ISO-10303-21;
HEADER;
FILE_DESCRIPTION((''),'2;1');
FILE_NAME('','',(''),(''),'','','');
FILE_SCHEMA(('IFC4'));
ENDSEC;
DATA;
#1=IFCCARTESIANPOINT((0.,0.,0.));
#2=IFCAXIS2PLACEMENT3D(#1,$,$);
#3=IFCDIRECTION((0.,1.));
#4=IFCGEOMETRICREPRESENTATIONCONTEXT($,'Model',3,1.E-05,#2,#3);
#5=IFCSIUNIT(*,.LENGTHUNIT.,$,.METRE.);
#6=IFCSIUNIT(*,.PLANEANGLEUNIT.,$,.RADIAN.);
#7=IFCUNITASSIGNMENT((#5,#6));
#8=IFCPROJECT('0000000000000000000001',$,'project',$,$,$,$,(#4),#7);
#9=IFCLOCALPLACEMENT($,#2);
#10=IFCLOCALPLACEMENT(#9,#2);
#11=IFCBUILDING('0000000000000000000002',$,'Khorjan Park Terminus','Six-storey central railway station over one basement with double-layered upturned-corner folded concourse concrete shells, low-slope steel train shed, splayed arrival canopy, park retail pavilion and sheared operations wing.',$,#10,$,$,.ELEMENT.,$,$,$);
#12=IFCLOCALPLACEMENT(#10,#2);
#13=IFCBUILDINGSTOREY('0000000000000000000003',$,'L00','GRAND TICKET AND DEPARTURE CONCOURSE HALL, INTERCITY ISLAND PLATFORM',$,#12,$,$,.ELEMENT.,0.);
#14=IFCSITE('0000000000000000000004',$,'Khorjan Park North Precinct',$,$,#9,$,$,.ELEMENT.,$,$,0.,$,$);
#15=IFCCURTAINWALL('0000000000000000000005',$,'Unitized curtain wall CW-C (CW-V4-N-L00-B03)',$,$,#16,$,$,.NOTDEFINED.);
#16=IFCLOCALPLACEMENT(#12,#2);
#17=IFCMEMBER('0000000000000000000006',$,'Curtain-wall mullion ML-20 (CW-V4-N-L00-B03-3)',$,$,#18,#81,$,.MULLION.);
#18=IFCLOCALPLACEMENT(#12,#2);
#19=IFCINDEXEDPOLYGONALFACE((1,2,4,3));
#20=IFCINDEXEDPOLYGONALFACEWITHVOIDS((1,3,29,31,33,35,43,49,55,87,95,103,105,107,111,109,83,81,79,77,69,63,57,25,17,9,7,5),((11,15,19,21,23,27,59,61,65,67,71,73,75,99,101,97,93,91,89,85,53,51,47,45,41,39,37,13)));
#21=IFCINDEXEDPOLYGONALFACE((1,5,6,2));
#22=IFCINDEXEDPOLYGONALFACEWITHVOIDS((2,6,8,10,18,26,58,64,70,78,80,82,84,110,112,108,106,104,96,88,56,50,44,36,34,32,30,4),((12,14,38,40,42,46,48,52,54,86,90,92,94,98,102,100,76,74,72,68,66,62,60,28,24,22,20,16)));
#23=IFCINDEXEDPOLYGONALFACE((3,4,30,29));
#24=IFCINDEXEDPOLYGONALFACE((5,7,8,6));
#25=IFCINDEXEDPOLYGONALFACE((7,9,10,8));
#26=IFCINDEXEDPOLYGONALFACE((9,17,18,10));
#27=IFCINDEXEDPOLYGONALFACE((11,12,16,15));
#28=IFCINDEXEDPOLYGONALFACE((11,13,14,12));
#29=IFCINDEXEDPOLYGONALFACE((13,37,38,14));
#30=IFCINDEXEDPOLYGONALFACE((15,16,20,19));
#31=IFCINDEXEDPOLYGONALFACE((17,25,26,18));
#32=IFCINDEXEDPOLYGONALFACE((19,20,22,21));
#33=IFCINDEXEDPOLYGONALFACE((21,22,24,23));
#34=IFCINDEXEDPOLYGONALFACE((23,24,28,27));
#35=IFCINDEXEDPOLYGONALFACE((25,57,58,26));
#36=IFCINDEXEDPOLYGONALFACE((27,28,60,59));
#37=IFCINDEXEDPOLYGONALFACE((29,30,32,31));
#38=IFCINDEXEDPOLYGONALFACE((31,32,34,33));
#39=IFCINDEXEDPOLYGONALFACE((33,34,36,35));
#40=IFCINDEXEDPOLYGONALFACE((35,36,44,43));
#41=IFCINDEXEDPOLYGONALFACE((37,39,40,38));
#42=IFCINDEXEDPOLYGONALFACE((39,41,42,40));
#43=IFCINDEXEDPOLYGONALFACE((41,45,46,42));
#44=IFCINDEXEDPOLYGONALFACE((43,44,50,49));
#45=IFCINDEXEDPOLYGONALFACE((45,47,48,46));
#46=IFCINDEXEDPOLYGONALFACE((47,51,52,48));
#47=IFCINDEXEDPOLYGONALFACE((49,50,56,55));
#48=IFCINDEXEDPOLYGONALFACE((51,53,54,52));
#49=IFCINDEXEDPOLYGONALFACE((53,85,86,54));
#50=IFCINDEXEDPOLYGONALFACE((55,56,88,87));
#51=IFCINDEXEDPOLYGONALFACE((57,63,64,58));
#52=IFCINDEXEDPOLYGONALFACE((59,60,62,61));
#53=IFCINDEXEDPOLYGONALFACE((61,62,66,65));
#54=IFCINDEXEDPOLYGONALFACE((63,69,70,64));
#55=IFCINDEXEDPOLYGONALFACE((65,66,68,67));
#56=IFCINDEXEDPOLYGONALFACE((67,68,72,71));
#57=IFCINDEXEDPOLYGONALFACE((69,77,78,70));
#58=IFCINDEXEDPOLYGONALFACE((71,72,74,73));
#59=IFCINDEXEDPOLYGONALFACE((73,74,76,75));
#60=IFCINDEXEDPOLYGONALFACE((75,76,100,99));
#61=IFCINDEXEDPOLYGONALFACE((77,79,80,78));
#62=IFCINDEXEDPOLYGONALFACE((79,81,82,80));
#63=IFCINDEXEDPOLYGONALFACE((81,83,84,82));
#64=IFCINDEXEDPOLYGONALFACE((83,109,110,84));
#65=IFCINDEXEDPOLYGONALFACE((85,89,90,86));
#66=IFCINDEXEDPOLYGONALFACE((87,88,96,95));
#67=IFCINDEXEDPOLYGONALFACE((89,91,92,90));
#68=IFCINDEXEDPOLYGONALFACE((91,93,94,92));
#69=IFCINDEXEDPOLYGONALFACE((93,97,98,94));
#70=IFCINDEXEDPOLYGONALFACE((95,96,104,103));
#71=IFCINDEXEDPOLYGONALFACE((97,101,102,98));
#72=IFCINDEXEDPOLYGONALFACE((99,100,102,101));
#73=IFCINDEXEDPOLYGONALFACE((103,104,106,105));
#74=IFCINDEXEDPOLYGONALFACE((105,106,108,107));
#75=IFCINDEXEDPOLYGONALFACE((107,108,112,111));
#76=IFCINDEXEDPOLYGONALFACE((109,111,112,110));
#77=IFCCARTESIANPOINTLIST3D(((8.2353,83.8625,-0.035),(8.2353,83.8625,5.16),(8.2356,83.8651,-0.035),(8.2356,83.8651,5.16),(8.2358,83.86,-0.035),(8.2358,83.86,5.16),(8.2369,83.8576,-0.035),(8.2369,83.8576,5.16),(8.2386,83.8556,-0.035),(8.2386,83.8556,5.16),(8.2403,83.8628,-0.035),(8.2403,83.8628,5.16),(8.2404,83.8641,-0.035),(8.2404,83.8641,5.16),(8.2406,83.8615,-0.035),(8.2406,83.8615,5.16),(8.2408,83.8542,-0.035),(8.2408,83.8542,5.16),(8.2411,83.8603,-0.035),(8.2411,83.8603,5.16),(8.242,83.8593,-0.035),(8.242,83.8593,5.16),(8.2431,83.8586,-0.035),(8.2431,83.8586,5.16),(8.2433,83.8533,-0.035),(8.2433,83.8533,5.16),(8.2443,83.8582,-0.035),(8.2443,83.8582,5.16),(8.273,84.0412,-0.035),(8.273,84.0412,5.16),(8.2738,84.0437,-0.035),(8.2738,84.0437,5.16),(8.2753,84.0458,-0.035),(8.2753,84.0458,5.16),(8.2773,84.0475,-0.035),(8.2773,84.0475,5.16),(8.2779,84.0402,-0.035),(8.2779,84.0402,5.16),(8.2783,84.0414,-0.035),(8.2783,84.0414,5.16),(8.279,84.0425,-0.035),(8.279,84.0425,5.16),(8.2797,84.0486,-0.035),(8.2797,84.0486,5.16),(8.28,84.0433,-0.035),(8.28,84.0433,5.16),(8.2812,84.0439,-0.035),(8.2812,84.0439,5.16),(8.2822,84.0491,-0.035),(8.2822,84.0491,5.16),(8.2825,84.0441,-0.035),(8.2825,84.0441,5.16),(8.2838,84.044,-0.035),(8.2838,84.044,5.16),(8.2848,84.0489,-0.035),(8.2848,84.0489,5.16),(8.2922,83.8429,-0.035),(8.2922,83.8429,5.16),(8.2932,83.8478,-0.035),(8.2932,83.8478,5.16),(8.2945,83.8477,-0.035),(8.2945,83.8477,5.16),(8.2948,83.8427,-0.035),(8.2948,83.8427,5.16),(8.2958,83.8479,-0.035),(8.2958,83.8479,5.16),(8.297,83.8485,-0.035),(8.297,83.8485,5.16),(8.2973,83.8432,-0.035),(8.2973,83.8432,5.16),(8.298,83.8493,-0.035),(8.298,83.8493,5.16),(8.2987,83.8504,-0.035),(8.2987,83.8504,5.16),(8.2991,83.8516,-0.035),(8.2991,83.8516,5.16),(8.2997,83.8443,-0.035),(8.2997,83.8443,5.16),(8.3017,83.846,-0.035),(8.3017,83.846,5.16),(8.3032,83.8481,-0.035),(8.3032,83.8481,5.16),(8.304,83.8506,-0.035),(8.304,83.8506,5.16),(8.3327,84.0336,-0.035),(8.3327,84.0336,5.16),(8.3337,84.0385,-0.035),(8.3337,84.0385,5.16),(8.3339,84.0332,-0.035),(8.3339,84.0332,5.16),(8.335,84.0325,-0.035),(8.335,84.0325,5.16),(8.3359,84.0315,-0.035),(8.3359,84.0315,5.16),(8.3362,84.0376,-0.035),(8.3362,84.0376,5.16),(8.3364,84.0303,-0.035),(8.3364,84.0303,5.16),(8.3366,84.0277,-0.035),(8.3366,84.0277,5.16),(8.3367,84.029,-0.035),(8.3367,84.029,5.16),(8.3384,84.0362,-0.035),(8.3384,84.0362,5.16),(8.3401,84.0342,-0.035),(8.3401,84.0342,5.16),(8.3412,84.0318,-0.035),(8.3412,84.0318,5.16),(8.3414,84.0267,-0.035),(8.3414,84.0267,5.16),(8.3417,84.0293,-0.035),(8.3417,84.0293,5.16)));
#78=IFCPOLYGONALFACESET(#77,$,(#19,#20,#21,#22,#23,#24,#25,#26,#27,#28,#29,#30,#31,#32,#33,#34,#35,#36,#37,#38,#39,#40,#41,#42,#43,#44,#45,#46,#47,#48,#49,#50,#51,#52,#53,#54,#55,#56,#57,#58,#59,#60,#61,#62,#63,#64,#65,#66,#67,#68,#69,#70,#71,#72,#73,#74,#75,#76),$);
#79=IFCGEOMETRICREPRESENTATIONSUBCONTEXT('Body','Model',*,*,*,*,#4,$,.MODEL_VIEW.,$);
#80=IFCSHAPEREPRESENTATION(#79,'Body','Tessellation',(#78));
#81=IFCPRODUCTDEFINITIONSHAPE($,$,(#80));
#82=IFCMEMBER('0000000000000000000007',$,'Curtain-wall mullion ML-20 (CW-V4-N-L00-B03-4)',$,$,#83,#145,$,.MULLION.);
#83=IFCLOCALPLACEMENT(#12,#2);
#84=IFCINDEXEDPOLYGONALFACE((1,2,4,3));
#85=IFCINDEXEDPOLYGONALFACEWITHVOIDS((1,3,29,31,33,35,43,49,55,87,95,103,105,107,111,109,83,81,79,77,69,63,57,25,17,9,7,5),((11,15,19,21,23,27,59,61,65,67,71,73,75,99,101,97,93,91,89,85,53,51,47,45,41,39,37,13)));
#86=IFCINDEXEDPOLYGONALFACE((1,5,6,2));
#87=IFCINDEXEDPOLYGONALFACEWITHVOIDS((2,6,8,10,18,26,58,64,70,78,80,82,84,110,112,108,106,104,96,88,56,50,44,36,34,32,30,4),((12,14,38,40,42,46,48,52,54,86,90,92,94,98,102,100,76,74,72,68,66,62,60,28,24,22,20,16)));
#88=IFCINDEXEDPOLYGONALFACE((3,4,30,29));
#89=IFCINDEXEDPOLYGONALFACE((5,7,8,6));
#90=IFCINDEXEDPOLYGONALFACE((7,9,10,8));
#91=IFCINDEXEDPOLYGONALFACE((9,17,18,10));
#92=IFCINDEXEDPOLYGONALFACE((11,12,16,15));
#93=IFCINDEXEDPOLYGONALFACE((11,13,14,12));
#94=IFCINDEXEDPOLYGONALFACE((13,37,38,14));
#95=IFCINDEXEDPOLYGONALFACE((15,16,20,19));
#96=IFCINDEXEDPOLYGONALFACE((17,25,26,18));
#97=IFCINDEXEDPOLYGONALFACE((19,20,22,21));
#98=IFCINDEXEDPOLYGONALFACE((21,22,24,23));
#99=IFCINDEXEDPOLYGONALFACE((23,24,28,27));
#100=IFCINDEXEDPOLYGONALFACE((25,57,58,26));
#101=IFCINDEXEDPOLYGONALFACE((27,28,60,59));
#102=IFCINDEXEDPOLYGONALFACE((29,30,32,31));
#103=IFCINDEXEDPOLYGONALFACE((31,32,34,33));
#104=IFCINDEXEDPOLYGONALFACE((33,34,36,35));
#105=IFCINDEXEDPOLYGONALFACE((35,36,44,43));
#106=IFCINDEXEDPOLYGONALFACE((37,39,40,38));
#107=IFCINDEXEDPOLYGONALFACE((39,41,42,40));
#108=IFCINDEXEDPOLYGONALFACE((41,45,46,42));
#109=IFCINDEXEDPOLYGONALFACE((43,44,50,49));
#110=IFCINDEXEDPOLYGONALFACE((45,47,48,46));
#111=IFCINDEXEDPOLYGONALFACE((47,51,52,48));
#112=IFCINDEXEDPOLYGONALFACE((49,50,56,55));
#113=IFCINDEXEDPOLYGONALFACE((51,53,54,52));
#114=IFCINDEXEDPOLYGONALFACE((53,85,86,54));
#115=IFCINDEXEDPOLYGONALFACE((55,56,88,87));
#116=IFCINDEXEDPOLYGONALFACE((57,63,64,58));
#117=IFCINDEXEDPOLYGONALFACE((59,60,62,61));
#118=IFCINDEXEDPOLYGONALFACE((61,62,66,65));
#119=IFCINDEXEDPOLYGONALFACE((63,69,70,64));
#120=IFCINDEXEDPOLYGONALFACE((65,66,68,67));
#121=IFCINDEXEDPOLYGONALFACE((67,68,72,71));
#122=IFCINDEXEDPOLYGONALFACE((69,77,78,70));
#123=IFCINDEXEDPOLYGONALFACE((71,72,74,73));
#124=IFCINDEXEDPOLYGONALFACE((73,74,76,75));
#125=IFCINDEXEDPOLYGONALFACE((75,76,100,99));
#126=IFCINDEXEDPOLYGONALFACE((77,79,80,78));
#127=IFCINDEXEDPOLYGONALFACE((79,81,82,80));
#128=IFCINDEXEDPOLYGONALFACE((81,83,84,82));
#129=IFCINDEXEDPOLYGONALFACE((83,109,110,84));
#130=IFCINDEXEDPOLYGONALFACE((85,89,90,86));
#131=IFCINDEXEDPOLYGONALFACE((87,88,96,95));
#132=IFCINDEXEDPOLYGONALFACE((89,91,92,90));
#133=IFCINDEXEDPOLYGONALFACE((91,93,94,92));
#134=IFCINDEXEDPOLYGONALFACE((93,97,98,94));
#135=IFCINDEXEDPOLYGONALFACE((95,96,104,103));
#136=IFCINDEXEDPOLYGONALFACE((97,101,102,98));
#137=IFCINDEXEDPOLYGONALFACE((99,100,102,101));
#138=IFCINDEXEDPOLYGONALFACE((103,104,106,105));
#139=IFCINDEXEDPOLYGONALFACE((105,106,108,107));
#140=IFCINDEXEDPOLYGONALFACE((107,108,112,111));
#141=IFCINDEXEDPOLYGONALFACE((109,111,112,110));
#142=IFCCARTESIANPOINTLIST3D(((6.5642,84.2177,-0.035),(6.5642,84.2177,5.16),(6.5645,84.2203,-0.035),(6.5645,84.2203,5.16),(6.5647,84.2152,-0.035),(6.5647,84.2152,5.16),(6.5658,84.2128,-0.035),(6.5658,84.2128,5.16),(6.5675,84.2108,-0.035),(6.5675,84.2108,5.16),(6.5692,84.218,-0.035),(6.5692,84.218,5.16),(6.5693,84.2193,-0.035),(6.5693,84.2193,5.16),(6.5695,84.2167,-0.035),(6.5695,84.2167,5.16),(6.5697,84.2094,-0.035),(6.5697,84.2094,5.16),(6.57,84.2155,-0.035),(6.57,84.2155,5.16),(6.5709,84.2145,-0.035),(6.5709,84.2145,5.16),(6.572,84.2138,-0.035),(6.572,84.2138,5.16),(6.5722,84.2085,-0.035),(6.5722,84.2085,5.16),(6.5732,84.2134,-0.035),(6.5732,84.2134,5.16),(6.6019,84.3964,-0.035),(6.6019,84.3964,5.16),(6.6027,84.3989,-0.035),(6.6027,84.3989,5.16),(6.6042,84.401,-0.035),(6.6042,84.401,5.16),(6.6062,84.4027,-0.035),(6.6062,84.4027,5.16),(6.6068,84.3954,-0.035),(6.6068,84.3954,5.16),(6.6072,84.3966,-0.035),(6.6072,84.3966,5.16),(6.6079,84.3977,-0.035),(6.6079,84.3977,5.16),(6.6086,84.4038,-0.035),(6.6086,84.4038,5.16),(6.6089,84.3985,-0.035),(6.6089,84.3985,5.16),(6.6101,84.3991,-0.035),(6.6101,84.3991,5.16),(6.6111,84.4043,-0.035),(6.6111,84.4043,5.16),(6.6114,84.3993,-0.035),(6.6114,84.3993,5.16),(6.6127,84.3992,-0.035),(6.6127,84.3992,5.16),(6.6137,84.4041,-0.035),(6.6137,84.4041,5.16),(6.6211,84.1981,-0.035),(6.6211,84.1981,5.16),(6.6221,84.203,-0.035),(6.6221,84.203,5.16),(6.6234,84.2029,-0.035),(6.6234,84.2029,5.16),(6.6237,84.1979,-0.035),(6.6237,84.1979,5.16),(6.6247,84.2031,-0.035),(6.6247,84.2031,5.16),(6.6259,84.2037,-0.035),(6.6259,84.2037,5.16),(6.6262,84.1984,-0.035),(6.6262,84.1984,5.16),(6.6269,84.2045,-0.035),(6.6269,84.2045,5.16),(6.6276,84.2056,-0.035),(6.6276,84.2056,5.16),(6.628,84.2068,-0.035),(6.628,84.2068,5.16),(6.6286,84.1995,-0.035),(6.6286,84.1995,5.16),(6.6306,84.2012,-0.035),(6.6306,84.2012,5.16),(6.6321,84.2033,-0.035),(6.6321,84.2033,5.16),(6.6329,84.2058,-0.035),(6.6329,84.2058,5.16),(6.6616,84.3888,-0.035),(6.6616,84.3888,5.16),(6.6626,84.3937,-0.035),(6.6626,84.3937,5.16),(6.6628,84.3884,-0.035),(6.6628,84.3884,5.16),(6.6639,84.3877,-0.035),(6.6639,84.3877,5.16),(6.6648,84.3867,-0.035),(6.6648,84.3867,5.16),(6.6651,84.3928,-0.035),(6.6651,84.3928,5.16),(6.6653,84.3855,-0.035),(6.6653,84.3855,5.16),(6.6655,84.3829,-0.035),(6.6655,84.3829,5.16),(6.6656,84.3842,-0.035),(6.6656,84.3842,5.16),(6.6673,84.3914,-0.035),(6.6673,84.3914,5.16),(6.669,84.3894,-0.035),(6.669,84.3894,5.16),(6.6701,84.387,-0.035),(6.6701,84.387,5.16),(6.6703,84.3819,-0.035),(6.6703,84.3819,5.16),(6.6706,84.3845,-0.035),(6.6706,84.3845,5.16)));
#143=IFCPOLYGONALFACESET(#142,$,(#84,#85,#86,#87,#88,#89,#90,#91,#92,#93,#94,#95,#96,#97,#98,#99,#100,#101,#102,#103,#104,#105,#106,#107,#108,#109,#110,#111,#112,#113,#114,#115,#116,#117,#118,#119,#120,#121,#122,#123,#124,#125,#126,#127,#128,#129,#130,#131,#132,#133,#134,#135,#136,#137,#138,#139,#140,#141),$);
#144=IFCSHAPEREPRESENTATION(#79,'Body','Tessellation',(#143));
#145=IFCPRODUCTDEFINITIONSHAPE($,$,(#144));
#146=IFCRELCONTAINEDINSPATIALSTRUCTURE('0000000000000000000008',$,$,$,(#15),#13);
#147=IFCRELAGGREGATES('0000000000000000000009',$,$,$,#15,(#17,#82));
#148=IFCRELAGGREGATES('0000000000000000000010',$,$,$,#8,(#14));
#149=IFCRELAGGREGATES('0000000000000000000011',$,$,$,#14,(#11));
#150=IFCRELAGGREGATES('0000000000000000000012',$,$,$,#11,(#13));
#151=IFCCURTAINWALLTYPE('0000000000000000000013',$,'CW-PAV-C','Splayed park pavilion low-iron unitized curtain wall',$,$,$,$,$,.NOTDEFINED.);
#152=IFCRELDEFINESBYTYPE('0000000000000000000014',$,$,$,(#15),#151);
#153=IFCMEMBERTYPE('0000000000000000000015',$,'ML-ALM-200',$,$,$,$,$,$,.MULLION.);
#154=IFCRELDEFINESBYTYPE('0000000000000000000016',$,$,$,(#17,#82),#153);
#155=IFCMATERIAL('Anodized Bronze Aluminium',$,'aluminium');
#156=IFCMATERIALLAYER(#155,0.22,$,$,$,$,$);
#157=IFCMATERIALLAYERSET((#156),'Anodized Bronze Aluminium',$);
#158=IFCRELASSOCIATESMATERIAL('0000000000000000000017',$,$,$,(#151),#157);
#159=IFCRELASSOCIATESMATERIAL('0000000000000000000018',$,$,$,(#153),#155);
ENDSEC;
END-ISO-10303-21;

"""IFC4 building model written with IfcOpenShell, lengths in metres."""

from ifc_helpers import new_model, si_unit, direction, frame, origin, origin_2d, place, context, subcontext, project, spatial, hollow_rectangle, extrude, material, layer, layer_set, material_profile, profile_set, type_object, element, aggregate, save


model = new_model("IFC4")

# Units and contexts
model_context = context("Model", 3, precision=1e-05, world=origin(), true_north=direction((0.0, 1.0)))
body_context = subcontext(model_context, "Body", "Model", "MODEL_VIEW")
ifc_project = project(units=[si_unit("LENGTHUNIT", "METRE"), si_unit("PLANEANGLEUNIT", "RADIAN")], contexts=[model_context])

# Site, building, storey
site_placement = place(None, origin())
site = spatial("IfcSite", under=ifc_project, at=site_placement, Name="Khorjan Park North Precinct", CompositionType="ELEMENT", RefElevation=0.0)
building_placement = place(site_placement, origin())
building = spatial("IfcBuilding", under=site, at=building_placement, Name="Khorjan Park Terminus", Description="Six-storey central railway station over one basement with double-layered upturned-corner folded concourse concrete shells, low-slope steel train shed, splayed arrival canopy, park retail pavilion and sheared operations wing.", CompositionType="ELEMENT")
storey_placement = place(building_placement, origin())
storey = spatial("IfcBuildingStorey", under=building, at=storey_placement, Name="L00", Description="GRAND TICKET AND DEPARTURE CONCOURSE HALL, INTERCITY ISLAND PLATFORM", CompositionType="ELEMENT", Elevation=0.0)

# Curtain wall, members
ifc_material_1 = material(Name="Anodized Bronze Aluminium", Category="aluminium")
ifc_layer_1 = layer(ifc_material_1, 0.22)
ifc_layer_set_1 = layer_set([ifc_layer_1], Name="Anodized Bronze Aluminium")
curtain_wall_type = type_object("IfcCurtainWallType", Name="CW-PAV-C", Description="Splayed park pavilion low-iron unitized curtain wall", PredefinedType="NOTDEFINED", material=ifc_layer_set_1)
curtain_wall_1_placement = place(storey_placement, origin())
curtain_wall_1 = element("IfcCurtainWall", 1, at=curtain_wall_1_placement, inside=storey, type_object=curtain_wall_type, Name="Unitized curtain wall CW-C (CW-V4-N-L00-B03)", PredefinedType="NOTDEFINED")
ifc_material_profile_1 = material_profile(ifc_material_1, hollow_rectangle(XDim=0.07, YDim=0.2, WallThickness=0.005, InnerFilletRadius=0.005, OuterFilletRadius=0.01, at=origin_2d()), Name="ALM 70x200x5")
ifc_profile_set_1 = profile_set([ifc_material_profile_1], Name="Anodized Bronze Aluminium")
member_type_1 = type_object("IfcMemberType", Name="ML-ALM-200", PredefinedType="MULLION", material=ifc_profile_set_1)
member_1_placement = place(storey_placement, frame((8.2885, 83.9459, -0.035), z_axis=(0.0, 0.0, 1.0), x_axis=(-0.978147, 0.207914, 0.0)))
member_1 = element("IfcMember", 2, at=member_1_placement, type_object=member_type_1, Name="Curtain-wall mullion ML-20 (CW-V4-N-L00-B03-3)", PredefinedType="MULLION", context=body_context, shape_type="SweptSolid", body=[
    extrude(hollow_rectangle(XDim=0.07, YDim=0.2, WallThickness=0.005, InnerFilletRadius=0.005, OuterFilletRadius=0.01, at=origin_2d()), origin(), (0.0, 0.0, 1.0), 5.195),
])
member_2_placement = place(storey_placement, frame((6.6174, 84.3011, -0.035), z_axis=(0.0, 0.0, 1.0), x_axis=(-0.978147, 0.207914, 0.0)))
member_2 = element("IfcMember", 3, at=member_2_placement, type_object=member_type_1, Name="Curtain-wall mullion ML-20 (CW-V4-N-L00-B03-4)", PredefinedType="MULLION", context=body_context, shape_type="SweptSolid", body=[
    extrude(hollow_rectangle(XDim=0.07, YDim=0.2, WallThickness=0.005, InnerFilletRadius=0.005, OuterFilletRadius=0.01, at=origin_2d()), origin(), (0.0, 0.0, 1.0), 5.195),
])

aggregate(curtain_wall_1, [member_1, member_2])

save(model, "model.ifc")
